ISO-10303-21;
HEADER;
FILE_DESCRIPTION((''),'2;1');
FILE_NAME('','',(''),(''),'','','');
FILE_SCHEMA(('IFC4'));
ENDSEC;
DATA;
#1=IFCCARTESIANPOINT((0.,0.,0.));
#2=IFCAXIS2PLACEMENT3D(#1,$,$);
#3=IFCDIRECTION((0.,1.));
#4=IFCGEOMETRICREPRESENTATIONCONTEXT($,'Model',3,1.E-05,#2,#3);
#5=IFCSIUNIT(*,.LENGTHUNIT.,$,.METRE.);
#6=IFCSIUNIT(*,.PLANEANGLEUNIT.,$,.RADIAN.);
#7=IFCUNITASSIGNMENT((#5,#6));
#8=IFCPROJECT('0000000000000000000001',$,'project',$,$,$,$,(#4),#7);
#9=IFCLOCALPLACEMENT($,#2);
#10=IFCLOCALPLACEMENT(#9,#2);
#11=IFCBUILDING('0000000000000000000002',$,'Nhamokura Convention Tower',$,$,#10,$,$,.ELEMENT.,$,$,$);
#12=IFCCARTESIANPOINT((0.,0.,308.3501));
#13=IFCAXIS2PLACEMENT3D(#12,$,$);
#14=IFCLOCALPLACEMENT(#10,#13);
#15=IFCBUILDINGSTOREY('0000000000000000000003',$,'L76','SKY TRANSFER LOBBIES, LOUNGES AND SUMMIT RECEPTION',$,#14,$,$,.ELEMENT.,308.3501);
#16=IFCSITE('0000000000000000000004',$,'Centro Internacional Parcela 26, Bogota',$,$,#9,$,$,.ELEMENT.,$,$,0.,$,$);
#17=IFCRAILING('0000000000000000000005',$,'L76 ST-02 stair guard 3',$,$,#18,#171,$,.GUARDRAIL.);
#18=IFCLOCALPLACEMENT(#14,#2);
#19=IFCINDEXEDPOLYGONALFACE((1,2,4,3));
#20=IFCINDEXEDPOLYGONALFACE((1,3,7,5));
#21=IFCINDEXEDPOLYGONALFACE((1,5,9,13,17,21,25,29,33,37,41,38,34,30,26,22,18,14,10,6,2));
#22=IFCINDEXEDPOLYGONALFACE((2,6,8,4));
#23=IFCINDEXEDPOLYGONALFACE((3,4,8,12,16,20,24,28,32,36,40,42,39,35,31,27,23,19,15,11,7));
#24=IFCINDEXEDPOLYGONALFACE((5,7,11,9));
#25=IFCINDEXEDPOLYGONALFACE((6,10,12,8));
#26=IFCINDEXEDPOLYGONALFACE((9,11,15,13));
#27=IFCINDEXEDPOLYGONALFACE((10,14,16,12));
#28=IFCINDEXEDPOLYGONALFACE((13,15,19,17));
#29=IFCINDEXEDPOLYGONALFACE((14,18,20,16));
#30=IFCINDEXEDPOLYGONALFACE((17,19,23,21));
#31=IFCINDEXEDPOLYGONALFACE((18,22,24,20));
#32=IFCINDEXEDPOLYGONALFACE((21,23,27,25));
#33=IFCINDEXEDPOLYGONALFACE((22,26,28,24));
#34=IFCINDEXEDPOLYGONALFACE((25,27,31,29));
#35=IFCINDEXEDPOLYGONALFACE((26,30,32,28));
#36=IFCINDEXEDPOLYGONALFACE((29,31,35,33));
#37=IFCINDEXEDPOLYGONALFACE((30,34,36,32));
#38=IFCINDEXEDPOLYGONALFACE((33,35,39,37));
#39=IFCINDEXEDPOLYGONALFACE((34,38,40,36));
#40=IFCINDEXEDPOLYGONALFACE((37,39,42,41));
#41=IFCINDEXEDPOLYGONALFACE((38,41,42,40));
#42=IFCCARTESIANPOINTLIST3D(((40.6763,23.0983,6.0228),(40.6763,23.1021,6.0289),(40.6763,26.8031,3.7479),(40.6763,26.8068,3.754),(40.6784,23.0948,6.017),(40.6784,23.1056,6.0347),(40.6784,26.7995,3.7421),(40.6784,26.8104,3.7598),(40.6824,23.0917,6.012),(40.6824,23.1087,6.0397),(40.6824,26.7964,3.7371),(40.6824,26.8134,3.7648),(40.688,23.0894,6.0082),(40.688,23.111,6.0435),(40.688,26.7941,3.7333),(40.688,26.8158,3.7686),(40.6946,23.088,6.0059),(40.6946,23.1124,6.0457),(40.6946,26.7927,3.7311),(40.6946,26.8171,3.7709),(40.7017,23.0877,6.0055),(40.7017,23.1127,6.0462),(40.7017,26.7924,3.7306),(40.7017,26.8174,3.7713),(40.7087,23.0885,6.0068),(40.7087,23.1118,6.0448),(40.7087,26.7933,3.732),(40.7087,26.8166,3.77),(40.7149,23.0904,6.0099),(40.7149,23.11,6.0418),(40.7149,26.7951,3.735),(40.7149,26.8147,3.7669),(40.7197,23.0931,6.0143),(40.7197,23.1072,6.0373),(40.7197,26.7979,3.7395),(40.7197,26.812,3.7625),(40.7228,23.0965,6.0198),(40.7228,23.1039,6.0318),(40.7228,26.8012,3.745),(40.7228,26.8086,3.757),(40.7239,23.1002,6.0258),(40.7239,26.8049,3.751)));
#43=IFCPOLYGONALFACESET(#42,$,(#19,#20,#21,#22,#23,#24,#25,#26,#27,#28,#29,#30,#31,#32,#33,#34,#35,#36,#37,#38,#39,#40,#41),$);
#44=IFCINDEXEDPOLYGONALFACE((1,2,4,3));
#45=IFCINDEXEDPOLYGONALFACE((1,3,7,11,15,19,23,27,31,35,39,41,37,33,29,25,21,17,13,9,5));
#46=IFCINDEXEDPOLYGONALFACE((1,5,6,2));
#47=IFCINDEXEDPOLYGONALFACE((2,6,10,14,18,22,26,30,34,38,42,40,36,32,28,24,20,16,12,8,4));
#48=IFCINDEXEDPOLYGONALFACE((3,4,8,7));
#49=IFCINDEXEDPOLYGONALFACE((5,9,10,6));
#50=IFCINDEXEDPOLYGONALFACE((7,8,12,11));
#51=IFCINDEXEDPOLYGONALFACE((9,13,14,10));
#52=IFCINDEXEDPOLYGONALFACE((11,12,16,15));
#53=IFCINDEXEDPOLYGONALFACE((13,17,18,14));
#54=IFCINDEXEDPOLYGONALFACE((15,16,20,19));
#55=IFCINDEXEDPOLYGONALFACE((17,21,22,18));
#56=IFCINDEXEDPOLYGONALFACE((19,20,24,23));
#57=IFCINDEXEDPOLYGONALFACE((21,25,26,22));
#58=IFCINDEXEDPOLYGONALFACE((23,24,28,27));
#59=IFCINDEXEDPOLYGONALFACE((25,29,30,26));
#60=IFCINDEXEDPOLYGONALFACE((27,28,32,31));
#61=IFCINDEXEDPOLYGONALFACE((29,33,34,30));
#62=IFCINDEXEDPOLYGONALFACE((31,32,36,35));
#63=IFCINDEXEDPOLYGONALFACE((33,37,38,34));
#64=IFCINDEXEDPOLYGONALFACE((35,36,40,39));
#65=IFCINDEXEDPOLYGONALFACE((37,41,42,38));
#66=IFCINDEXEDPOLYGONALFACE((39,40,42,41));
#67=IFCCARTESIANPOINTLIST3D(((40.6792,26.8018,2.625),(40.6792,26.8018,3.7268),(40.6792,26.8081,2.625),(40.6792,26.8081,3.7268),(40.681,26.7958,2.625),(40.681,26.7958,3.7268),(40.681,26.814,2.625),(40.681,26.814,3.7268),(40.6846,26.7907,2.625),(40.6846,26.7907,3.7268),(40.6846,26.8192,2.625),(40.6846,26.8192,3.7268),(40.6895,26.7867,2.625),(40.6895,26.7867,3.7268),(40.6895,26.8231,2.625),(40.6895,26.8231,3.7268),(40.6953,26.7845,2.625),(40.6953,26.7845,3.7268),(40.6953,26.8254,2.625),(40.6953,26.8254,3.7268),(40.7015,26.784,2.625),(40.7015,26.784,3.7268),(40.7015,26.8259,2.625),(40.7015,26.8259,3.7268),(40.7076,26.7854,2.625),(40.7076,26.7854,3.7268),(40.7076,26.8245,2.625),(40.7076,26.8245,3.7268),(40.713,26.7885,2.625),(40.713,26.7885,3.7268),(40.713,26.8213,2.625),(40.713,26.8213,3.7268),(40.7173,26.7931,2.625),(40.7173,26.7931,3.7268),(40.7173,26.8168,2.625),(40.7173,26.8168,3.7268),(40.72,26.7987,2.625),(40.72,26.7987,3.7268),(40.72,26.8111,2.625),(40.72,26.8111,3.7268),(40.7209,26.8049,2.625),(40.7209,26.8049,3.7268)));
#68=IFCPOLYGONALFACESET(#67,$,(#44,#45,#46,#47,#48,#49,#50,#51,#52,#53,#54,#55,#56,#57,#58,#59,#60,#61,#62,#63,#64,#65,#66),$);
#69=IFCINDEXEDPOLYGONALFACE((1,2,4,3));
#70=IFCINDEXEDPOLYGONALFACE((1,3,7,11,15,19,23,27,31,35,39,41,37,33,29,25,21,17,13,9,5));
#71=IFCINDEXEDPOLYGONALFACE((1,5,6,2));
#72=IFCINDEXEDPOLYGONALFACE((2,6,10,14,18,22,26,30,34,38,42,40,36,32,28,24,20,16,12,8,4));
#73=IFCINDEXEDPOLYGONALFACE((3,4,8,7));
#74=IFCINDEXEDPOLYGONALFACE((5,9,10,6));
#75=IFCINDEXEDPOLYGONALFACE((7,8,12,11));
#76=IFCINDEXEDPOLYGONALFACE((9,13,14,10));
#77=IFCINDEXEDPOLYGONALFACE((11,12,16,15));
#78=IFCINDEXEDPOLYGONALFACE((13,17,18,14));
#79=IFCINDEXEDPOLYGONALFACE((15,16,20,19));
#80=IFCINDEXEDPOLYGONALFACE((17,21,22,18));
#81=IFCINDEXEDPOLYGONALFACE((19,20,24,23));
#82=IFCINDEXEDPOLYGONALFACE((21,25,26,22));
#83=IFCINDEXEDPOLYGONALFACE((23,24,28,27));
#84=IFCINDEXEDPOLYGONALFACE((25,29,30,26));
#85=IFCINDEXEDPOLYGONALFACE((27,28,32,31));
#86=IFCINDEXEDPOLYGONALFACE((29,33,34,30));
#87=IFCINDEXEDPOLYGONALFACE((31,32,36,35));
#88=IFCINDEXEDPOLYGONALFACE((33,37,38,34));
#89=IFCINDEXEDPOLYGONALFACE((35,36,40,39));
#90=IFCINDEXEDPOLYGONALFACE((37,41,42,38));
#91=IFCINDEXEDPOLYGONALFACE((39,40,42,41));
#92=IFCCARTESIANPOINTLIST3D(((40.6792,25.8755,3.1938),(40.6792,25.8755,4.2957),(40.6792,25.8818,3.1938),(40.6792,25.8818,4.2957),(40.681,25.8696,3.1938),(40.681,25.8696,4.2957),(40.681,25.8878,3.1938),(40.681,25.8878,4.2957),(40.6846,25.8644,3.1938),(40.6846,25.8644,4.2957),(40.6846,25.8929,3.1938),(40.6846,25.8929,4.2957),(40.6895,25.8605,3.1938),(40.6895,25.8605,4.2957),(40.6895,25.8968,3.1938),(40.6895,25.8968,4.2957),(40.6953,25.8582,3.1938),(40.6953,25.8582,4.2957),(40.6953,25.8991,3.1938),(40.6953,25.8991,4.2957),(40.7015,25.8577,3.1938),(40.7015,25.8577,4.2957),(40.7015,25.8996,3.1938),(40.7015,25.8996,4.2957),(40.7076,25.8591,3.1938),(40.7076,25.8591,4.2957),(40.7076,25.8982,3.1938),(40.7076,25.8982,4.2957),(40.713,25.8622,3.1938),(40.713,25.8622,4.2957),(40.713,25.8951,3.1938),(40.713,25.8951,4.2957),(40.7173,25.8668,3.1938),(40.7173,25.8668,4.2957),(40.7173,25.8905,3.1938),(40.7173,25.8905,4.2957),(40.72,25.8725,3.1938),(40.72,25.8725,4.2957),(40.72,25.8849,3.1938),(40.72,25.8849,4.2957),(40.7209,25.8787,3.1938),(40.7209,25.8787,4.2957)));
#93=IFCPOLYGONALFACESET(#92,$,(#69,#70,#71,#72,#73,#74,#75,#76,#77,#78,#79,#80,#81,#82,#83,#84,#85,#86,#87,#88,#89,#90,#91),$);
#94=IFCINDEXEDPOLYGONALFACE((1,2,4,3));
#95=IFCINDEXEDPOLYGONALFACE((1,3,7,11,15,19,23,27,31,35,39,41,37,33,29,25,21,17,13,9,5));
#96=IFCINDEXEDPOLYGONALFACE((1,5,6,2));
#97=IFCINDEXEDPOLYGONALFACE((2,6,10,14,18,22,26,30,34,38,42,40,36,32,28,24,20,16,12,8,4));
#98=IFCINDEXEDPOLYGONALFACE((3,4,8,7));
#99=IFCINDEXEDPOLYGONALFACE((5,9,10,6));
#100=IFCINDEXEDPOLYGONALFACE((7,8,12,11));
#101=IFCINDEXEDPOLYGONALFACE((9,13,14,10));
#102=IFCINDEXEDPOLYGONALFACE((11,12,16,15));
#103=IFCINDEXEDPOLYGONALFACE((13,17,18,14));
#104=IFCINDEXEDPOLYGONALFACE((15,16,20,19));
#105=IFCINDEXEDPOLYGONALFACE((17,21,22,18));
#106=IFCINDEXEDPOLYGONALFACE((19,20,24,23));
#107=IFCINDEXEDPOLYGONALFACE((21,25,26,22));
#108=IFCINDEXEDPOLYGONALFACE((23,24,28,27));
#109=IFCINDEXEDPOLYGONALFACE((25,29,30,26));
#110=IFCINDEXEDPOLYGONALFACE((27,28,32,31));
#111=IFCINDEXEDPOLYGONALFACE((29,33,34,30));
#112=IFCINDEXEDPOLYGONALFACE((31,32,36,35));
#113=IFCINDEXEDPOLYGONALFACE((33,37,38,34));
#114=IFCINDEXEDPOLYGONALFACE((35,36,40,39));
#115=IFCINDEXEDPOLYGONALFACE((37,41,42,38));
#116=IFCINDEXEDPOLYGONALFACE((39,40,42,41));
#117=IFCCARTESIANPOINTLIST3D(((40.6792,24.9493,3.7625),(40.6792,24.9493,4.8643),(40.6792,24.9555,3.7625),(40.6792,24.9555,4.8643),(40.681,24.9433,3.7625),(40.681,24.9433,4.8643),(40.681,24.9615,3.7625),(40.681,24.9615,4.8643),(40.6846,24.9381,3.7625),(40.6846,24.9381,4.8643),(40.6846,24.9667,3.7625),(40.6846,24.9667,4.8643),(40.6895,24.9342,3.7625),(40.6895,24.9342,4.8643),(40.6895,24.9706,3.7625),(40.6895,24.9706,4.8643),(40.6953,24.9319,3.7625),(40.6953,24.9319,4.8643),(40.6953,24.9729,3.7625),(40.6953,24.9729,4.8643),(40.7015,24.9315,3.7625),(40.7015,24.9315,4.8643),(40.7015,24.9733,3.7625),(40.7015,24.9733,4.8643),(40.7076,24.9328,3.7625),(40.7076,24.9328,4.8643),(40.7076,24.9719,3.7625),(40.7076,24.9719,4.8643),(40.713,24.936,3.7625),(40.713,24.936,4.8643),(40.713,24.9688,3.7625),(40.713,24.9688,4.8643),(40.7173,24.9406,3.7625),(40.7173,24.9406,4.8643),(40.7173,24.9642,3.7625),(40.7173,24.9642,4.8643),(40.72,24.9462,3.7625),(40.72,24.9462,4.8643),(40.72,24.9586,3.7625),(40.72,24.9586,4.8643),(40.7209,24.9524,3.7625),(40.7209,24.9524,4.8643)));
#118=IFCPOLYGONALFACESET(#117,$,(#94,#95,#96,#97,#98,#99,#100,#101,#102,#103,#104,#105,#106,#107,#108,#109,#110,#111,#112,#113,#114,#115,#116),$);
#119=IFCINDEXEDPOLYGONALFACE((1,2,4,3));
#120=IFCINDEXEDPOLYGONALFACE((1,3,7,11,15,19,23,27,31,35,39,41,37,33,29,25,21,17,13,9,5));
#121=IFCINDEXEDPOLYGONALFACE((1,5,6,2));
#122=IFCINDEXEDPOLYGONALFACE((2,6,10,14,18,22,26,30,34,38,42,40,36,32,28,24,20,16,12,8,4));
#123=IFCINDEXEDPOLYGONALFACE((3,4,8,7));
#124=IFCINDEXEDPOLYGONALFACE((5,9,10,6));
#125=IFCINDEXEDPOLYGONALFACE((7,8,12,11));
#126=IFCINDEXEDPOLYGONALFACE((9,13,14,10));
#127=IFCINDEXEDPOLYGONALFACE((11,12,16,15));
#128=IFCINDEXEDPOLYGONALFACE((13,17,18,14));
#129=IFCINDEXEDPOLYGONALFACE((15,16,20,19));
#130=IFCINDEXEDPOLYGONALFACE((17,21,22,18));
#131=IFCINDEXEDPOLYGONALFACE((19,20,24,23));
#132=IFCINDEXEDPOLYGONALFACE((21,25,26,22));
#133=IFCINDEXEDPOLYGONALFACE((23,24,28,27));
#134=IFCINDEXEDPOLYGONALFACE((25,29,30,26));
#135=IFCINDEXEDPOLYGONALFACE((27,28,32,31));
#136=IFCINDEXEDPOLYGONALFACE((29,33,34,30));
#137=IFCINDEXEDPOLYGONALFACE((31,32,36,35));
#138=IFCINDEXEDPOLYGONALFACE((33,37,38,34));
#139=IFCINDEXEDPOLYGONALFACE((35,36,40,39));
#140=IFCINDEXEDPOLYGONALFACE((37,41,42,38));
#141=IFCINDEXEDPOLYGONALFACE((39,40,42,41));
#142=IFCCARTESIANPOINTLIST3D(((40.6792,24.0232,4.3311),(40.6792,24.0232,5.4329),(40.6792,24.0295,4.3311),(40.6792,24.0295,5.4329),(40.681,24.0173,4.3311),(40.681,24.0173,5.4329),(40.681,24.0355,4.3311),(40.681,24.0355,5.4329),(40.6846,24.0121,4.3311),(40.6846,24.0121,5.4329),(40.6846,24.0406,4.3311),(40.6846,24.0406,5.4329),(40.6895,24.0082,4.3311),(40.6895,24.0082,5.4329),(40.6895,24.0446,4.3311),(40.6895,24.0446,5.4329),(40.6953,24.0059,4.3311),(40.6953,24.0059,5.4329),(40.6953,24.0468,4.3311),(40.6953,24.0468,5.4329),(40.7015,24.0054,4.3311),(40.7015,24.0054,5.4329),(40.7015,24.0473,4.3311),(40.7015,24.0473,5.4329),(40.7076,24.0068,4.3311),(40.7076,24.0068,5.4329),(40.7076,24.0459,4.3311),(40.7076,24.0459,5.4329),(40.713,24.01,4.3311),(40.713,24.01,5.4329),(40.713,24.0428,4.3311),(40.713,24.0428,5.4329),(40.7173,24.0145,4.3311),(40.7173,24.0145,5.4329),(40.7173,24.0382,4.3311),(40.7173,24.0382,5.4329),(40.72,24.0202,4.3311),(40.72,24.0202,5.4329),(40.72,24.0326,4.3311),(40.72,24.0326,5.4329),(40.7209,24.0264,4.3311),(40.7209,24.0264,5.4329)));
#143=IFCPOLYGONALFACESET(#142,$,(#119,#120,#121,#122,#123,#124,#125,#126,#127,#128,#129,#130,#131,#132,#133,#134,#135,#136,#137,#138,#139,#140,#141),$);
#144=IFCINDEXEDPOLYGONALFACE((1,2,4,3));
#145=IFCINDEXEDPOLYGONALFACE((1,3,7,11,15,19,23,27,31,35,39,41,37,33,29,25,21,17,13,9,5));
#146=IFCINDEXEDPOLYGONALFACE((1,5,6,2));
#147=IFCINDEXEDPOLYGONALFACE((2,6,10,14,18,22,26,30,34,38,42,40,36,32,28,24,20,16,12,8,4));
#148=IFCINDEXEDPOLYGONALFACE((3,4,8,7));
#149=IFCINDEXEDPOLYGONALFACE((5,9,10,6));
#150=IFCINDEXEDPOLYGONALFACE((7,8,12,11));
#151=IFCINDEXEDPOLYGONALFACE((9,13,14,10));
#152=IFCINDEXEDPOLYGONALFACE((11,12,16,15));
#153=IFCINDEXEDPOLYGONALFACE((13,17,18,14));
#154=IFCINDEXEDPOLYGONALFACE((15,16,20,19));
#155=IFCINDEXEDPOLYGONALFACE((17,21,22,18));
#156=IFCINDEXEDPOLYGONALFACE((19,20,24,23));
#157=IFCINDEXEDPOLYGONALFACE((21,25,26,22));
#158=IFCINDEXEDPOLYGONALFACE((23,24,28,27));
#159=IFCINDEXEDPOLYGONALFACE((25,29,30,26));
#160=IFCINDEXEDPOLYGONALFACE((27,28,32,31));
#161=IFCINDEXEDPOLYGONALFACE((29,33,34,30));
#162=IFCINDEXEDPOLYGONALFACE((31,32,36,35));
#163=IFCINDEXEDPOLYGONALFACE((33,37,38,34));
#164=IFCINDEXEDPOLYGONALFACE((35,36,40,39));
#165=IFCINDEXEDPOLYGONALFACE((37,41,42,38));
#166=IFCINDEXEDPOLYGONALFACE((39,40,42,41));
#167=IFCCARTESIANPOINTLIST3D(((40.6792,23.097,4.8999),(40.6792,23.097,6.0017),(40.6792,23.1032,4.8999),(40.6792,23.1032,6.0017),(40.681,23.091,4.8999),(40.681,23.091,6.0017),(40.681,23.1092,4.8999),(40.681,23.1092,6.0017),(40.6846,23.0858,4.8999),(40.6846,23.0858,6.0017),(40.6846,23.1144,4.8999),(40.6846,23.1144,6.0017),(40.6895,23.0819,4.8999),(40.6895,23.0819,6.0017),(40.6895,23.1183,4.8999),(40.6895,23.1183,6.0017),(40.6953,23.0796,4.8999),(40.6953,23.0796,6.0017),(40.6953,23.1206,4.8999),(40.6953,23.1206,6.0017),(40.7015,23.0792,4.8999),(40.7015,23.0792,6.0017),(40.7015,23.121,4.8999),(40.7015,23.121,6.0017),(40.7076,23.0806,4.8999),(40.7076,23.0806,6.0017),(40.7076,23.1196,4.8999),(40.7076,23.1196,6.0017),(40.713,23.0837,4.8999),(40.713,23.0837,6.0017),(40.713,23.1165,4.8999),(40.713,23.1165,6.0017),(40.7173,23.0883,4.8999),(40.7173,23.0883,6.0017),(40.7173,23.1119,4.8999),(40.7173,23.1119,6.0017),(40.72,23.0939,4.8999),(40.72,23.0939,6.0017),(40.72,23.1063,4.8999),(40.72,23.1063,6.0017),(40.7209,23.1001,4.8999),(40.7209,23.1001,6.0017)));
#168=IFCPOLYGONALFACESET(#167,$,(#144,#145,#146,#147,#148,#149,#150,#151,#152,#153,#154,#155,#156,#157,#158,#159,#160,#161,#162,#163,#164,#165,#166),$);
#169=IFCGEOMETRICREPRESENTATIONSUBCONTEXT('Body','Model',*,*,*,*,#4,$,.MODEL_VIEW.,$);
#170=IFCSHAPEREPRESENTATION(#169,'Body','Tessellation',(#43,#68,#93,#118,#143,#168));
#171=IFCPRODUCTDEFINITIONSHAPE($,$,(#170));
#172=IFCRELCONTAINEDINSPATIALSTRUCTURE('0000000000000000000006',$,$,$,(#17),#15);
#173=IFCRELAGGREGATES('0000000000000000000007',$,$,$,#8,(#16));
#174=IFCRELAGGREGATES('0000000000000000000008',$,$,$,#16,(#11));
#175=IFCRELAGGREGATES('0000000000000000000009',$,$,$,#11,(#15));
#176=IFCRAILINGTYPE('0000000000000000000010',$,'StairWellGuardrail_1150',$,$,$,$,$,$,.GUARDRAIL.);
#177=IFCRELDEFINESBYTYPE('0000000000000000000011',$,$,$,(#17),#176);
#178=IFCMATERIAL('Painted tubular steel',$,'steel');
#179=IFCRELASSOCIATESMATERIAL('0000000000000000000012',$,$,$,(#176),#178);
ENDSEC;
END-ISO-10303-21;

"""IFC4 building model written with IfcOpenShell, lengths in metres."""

from ifc_helpers import new_model, si_unit, direction, frame, origin, origin_2d, place, context, subcontext, project, spatial, circle, extrude, material, type_object, element, save


model = new_model("IFC4")

# Units and contexts
model_context = context("Model", 3, precision=1e-05, world=origin(), true_north=direction((0.0, 1.0)))
body_context = subcontext(model_context, "Body", "Model", "MODEL_VIEW")
ifc_project = project(units=[si_unit("LENGTHUNIT", "METRE"), si_unit("PLANEANGLEUNIT", "RADIAN")], contexts=[model_context])

# Site, building, storey
site_placement = place(None, origin())
site = spatial("IfcSite", under=ifc_project, at=site_placement, Name="Centro Internacional Parcela 26, Bogota", CompositionType="ELEMENT", RefElevation=0.0)
building_placement = place(site_placement, origin())
building = spatial("IfcBuilding", under=site, at=building_placement, Name="Nhamokura Convention Tower", CompositionType="ELEMENT")
storey_placement = place(building_placement, frame((0.0, 0.0, 308.3501)))
storey = spatial("IfcBuildingStorey", under=building, at=storey_placement, Name="L76", Description="SKY TRANSFER LOBBIES, LOUNGES AND SUMMIT RECEPTION", CompositionType="ELEMENT", Elevation=308.3501)

# Railing
ifc_material_1 = material(Name="Painted tubular steel", Category="steel")
railing_type_1 = type_object("IfcRailingType", Name="StairWellGuardrail_1150", PredefinedType="GUARDRAIL", material=ifc_material_1)
railing_1_placement = place(storey_placement, frame((40.7, 26.8049, 2.625)))
element("IfcRailing", 1, at=railing_1_placement, inside=storey, type_object=railing_type_1, Name="L76 ST-02 stair guard 3", PredefinedType="GUARDRAIL", context=body_context, shape_type="SweptSolid", body=[
    extrude(circle(Radius=0.0239, at=origin_2d()), frame((0.0, 0.0, 1.126), z_axis=(0.0, -0.852171, 0.523264), x_axis=(1.0, 0.0, 0.0)), (0.0, 0.0, 1.0), 4.3474),
    extrude(circle(Radius=0.021, at=origin_2d()), origin(), (0.0, 0.0, 1.0), 1.1018),
    extrude(circle(Radius=0.021, at=origin_2d()), frame((0.0, -0.9263, 0.5688)), (0.0, 0.0, 1.0), 1.1018),
    extrude(circle(Radius=0.021, at=origin_2d()), frame((0.0, -1.8525, 1.1375)), (0.0, 0.0, 1.0), 1.1018),
    extrude(circle(Radius=0.021, at=origin_2d()), frame((0.0, -2.7786, 1.7061)), (0.0, 0.0, 1.0), 1.1018),
    extrude(circle(Radius=0.021, at=origin_2d()), frame((0.0, -3.7048, 2.2749)), (0.0, 0.0, 1.0), 1.1018),
])

save(model, "model.ifc")
